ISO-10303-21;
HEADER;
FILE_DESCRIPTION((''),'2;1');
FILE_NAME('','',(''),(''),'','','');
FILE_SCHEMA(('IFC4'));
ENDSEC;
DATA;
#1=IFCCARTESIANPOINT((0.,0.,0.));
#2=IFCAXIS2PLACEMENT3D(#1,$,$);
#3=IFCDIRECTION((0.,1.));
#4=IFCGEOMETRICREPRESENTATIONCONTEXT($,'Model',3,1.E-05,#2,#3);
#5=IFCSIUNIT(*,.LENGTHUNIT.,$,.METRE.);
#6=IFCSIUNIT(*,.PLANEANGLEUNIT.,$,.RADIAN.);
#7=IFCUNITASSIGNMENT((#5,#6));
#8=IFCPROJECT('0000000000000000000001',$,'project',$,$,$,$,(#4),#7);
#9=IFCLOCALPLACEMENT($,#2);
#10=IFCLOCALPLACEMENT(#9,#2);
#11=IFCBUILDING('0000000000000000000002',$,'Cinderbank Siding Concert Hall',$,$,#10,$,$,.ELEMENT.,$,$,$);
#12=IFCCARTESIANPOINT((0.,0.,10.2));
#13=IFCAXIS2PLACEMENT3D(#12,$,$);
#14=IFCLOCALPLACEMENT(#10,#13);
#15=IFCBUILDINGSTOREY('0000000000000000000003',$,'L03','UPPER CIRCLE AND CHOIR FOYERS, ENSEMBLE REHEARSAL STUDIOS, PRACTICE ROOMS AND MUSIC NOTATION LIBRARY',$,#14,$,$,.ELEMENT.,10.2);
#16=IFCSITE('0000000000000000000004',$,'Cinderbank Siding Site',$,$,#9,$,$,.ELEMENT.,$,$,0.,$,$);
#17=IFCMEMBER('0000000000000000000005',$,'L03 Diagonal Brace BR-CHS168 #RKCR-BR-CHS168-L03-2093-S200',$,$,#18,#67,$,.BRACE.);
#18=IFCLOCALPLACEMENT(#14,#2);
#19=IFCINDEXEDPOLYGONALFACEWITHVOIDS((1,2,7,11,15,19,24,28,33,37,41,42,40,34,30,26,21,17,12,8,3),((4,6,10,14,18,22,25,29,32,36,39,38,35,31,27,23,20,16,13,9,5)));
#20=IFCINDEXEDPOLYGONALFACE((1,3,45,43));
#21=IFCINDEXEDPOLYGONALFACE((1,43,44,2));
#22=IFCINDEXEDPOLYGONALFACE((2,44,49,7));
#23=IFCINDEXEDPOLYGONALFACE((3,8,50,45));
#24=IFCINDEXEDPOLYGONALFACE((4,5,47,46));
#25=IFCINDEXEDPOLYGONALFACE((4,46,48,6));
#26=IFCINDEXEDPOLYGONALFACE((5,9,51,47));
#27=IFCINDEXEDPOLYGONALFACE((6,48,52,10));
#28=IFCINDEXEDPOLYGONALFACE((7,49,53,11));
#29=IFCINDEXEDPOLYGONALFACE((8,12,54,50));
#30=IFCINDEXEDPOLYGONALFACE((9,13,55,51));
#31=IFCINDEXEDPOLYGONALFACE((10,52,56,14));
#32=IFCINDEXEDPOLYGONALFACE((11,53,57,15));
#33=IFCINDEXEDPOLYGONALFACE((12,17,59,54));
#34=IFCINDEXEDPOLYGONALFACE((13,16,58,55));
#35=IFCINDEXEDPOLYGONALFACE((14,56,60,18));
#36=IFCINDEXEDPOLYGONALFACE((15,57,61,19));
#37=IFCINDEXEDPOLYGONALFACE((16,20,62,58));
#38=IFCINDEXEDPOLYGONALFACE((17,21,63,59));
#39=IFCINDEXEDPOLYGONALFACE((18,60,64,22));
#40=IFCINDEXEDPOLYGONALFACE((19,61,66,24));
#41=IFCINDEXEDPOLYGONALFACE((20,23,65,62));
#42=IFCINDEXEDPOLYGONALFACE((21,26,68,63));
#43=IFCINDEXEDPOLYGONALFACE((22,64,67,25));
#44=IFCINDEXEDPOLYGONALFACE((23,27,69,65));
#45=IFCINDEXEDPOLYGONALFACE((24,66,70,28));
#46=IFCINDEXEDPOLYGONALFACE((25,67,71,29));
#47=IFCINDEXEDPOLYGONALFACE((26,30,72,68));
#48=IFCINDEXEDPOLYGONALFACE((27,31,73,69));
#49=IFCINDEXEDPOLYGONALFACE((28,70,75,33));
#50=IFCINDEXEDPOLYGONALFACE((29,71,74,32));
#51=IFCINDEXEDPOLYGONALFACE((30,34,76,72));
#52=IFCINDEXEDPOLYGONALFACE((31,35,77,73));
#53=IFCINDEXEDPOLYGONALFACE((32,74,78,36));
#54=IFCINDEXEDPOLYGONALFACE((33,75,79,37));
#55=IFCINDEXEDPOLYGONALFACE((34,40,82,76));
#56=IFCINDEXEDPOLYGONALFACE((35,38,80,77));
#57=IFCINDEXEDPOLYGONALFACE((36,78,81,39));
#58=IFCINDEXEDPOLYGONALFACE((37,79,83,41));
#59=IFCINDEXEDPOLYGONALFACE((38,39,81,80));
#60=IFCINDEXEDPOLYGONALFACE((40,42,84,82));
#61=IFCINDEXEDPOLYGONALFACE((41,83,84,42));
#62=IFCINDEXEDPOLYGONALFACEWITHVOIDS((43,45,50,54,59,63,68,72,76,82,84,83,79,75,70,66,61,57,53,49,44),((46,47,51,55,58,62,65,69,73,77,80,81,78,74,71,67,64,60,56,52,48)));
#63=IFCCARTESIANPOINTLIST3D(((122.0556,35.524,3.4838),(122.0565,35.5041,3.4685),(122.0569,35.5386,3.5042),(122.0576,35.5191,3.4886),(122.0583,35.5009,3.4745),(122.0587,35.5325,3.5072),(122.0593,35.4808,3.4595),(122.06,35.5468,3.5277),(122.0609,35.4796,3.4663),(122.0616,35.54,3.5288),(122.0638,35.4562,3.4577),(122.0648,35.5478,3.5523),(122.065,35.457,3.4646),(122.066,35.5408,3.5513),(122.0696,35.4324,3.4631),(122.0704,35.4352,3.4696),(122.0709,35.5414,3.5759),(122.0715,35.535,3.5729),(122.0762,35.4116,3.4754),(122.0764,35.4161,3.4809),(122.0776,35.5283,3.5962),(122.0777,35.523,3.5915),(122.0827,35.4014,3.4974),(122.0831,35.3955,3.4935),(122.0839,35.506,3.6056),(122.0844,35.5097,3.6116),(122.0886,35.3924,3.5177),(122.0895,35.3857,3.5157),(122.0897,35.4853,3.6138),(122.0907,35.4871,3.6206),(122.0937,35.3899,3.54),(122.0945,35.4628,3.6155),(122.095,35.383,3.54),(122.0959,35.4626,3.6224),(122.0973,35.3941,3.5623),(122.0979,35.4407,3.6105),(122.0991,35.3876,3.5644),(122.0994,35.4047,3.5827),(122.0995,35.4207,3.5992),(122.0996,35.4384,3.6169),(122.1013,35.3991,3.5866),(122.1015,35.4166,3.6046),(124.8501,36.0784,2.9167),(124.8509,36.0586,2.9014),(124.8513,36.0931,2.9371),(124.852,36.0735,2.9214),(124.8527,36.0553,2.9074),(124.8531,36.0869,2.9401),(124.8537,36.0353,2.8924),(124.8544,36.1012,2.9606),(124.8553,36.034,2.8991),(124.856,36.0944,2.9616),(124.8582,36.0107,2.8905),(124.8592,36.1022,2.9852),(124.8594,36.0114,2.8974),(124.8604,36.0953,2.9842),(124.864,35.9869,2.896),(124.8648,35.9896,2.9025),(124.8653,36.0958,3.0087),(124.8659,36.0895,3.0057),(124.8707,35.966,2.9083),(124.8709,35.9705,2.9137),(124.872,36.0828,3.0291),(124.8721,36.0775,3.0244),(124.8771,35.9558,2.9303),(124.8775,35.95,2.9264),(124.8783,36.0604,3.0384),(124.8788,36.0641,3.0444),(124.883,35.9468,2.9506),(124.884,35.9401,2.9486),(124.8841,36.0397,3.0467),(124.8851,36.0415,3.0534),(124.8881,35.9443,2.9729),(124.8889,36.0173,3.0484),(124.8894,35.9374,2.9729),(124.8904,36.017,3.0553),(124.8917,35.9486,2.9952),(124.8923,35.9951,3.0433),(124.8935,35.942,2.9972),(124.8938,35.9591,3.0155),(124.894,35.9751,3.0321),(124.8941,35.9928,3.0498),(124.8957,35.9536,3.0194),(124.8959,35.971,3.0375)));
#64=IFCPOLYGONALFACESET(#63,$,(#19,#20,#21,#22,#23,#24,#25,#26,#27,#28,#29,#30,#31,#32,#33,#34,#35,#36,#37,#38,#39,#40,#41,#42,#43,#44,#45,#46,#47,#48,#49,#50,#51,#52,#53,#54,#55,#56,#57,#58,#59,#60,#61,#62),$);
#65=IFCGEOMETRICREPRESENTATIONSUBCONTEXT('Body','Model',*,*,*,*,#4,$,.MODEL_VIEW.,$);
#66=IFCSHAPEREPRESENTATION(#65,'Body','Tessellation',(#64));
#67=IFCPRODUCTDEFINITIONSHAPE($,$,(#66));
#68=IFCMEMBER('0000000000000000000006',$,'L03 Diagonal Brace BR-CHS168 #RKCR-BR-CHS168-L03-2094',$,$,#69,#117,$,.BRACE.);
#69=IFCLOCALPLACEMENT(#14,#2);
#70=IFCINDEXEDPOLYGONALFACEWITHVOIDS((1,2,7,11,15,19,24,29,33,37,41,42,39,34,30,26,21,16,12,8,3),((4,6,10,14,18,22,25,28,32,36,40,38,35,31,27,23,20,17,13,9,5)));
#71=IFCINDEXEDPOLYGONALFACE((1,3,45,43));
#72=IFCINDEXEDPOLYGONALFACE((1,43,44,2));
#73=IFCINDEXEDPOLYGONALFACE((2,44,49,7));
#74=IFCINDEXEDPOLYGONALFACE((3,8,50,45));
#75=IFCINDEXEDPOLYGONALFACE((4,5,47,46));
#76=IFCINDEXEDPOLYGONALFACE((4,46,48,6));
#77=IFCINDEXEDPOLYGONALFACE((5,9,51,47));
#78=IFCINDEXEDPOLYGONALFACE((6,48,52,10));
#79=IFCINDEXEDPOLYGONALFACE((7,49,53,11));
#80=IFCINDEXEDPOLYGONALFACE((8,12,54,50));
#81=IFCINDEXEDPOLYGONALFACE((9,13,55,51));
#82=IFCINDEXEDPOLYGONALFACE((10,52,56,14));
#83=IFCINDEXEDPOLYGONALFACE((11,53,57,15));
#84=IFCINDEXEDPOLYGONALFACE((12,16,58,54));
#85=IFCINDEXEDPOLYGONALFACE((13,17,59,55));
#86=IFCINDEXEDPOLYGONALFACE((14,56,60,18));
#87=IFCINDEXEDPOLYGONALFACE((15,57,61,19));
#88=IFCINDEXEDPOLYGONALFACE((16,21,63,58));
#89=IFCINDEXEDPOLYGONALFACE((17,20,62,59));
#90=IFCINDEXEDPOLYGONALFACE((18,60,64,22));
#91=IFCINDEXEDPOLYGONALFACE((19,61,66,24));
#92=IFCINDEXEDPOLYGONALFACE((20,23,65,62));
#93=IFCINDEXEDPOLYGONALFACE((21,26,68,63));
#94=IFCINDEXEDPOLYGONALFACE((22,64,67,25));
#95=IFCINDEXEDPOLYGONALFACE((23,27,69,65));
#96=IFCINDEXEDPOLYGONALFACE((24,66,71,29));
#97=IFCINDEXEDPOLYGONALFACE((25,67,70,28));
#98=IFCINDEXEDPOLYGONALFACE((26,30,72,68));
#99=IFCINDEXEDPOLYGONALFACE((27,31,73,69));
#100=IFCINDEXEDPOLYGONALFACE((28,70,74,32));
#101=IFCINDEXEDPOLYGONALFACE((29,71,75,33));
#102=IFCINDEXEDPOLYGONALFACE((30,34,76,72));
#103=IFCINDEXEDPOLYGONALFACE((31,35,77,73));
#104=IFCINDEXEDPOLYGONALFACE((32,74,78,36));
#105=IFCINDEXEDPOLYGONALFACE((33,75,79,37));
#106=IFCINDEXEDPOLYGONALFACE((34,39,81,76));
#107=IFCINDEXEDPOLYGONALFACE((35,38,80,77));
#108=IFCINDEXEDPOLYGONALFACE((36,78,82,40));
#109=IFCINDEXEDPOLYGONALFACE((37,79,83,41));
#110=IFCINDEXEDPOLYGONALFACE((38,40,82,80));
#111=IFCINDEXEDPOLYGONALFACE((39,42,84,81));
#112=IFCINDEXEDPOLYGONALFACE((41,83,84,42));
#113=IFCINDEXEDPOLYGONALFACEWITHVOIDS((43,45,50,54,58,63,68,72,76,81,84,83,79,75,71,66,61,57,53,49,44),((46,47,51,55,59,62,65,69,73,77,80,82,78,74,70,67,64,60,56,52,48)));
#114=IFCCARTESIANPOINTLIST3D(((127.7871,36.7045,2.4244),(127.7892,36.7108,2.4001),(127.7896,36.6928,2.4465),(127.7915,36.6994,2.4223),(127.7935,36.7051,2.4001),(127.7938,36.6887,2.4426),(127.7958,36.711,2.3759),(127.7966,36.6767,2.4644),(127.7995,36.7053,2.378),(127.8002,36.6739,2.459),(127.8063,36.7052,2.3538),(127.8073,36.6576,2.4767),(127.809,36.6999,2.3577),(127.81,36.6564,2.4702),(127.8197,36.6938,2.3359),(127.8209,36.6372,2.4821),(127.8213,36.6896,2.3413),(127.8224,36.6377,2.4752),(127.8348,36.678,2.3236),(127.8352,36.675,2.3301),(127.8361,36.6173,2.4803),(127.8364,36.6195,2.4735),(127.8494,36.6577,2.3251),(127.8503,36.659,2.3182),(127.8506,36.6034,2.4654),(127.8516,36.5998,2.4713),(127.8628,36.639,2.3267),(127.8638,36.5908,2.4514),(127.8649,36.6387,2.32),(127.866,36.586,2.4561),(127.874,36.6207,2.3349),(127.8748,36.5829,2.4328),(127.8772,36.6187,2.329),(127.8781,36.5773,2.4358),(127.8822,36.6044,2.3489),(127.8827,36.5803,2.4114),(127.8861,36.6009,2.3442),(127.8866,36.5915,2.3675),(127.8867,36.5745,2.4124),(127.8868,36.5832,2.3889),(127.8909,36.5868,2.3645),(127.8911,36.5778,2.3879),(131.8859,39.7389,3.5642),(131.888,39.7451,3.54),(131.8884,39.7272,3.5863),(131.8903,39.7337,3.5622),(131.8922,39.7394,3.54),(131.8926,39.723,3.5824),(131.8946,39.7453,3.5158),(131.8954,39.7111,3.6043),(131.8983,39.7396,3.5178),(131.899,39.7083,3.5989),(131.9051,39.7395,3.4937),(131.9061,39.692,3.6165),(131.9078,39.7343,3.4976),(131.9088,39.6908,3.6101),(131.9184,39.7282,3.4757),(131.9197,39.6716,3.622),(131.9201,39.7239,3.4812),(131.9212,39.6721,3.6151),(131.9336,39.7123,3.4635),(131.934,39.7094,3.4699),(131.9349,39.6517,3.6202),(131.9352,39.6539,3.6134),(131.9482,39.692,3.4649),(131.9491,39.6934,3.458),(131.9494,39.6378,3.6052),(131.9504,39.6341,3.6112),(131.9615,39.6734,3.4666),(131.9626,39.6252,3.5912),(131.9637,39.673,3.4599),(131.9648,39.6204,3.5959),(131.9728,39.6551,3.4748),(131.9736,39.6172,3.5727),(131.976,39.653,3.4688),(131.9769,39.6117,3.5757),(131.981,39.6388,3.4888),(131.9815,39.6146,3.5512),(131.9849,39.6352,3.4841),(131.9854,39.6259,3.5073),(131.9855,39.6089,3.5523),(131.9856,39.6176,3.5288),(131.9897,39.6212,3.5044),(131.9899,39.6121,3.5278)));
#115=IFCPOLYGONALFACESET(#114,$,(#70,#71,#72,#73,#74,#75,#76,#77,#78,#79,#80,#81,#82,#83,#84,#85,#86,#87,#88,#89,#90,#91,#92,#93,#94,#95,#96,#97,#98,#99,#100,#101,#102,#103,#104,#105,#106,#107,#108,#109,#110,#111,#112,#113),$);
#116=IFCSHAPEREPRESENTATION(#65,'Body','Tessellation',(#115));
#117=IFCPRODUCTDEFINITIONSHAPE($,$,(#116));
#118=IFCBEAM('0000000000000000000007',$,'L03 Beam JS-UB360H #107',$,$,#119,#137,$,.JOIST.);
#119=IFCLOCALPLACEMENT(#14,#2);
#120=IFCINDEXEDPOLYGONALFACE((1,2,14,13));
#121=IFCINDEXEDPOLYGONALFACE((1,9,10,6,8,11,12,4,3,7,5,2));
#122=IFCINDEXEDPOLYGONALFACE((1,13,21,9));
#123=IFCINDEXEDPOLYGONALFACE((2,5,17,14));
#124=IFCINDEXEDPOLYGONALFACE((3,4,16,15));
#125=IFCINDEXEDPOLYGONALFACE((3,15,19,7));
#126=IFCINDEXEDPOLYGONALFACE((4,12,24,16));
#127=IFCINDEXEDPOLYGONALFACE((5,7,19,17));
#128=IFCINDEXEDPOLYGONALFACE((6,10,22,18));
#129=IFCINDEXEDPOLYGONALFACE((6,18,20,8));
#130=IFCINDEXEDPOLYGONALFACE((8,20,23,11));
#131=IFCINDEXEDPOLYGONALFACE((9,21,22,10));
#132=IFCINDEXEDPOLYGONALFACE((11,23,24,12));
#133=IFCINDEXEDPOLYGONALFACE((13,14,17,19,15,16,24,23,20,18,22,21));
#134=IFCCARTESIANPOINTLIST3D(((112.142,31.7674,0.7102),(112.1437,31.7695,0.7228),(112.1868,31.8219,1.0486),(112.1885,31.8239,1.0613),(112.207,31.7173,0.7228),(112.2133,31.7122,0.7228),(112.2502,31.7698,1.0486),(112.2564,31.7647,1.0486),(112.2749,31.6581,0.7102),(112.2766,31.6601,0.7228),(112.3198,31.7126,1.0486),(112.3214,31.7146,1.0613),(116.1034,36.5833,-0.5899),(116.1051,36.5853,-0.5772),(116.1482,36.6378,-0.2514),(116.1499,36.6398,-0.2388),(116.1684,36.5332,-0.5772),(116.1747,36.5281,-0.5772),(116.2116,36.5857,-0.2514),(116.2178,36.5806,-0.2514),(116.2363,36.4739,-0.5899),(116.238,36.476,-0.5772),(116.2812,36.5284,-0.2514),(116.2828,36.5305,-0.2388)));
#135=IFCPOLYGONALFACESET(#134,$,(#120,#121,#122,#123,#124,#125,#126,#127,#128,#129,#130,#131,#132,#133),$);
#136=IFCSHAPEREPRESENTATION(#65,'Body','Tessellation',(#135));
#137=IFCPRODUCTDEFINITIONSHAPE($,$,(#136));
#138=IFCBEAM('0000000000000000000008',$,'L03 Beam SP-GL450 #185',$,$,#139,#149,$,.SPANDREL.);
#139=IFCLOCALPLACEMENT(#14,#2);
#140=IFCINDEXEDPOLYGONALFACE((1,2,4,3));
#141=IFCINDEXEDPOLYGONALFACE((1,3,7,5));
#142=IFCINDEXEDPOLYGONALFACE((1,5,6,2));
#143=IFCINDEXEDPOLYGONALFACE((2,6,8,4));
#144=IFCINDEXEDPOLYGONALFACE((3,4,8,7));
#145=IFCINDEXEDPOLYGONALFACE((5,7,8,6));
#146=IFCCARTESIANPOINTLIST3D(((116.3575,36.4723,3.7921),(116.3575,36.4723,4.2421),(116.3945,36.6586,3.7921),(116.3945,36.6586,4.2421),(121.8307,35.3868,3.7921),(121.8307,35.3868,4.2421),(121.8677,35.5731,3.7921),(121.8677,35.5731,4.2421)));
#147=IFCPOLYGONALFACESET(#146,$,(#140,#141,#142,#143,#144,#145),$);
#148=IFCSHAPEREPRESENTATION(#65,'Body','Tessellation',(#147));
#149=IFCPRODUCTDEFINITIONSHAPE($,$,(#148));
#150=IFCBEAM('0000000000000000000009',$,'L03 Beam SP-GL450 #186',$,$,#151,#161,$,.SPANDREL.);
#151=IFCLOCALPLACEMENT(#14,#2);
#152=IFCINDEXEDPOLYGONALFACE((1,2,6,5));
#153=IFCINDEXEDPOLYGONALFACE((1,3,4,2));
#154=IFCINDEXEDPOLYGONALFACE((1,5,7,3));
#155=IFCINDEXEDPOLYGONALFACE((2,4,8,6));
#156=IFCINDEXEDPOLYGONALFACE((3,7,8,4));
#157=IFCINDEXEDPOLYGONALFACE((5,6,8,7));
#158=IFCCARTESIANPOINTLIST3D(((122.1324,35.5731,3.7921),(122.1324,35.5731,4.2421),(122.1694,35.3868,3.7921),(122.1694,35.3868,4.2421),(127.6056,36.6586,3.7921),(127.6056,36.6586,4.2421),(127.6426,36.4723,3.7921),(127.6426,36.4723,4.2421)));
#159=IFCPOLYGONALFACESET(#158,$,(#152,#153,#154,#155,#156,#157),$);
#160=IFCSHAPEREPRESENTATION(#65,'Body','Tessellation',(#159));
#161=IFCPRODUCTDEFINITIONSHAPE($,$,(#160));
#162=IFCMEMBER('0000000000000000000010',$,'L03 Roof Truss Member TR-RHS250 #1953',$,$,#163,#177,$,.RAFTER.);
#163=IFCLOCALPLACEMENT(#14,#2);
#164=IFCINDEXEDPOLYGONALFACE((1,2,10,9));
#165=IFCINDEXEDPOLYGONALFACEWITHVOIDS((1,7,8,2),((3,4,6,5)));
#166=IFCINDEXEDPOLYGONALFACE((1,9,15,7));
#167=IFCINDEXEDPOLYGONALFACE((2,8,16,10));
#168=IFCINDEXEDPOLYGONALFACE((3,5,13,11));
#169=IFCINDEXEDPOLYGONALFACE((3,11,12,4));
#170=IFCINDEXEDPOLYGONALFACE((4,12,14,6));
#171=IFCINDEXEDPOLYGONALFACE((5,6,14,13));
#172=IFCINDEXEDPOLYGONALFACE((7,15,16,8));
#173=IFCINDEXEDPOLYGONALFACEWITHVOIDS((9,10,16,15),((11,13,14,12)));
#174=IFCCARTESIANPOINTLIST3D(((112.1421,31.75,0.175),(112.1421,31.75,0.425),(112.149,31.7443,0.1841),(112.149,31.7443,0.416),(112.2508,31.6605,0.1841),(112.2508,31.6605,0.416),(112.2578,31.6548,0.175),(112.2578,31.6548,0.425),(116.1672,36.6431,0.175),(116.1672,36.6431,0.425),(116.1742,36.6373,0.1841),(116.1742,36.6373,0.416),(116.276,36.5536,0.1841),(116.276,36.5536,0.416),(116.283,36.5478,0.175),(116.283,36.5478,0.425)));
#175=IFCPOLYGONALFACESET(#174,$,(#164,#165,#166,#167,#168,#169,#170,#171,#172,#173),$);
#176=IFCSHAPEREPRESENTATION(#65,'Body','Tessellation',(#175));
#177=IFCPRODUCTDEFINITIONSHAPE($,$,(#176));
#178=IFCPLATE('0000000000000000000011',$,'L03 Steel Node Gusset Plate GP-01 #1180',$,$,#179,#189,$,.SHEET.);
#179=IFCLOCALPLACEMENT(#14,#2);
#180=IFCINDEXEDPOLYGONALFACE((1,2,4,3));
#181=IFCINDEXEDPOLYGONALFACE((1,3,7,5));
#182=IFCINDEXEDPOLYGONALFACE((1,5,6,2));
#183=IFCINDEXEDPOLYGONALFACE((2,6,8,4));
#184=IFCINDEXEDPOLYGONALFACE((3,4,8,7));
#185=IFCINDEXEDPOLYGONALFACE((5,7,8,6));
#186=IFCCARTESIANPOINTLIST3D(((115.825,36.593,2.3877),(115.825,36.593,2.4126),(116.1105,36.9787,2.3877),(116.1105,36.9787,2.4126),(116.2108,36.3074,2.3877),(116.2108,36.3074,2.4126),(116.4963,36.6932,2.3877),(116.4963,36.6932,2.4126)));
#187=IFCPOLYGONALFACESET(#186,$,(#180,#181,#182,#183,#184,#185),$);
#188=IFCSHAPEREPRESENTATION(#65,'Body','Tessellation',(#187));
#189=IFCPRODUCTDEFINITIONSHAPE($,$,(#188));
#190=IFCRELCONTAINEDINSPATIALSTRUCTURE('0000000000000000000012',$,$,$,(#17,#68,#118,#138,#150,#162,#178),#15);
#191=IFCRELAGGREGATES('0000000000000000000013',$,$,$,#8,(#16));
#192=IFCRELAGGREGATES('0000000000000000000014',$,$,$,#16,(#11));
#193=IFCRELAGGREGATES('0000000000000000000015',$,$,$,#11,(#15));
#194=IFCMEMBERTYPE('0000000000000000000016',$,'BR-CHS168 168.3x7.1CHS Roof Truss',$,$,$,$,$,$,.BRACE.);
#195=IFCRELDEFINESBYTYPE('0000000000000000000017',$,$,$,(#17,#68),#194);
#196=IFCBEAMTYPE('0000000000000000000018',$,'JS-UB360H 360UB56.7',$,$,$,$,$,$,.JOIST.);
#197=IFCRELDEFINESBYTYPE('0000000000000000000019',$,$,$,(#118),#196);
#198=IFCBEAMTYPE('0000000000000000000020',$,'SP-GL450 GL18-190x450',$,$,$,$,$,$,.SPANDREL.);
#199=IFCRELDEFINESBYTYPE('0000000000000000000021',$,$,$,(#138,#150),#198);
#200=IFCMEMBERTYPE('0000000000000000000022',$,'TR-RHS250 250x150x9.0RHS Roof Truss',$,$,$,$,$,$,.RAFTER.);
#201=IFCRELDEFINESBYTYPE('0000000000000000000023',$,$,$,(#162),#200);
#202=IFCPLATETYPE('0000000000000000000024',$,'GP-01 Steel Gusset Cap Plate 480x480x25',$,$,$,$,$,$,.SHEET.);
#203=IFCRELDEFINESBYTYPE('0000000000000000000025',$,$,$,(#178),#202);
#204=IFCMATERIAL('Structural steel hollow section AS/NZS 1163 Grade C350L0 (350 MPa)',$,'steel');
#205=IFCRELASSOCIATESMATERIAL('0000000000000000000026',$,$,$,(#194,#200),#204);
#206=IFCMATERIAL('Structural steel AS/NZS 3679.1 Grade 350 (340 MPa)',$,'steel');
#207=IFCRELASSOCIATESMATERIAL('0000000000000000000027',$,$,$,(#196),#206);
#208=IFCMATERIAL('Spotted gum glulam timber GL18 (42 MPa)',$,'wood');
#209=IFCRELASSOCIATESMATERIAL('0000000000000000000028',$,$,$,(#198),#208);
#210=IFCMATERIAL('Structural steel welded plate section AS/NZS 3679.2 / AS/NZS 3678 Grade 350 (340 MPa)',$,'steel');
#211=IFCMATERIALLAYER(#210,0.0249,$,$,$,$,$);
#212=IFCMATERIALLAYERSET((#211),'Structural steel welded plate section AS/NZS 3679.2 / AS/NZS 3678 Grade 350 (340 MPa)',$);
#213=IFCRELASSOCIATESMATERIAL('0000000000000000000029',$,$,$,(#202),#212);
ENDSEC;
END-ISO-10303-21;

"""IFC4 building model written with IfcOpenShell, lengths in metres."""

from ifc_helpers import new_model, si_unit, direction, frame, origin, origin_2d, place, context, subcontext, project, spatial, rectangle, hollow_rectangle, hollow_circle, i_section, extrude, material, layer, layer_set, material_profile, profile_set, type_object, element, save


model = new_model("IFC4")

# Units and contexts
model_context = context("Model", 3, precision=1e-05, world=origin(), true_north=direction((0.0, 1.0)))
body_context = subcontext(model_context, "Body", "Model", "MODEL_VIEW")
ifc_project = project(units=[si_unit("LENGTHUNIT", "METRE"), si_unit("PLANEANGLEUNIT", "RADIAN")], contexts=[model_context])

# Site, building, storey
site_placement = place(None, origin())
site = spatial("IfcSite", under=ifc_project, at=site_placement, Name="Cinderbank Siding Site", CompositionType="ELEMENT", RefElevation=0.0)
building_placement = place(site_placement, origin())
building = spatial("IfcBuilding", under=site, at=building_placement, Name="Cinderbank Siding Concert Hall", CompositionType="ELEMENT")
storey_placement = place(building_placement, frame((0.0, 0.0, 10.2)))
storey = spatial("IfcBuildingStorey", under=building, at=storey_placement, Name="L03", Description="UPPER CIRCLE AND CHOIR FOYERS, ENSEMBLE REHEARSAL STUDIOS, PRACTICE ROOMS AND MUSIC NOTATION LIBRARY", CompositionType="ELEMENT", Elevation=10.2)

# Shared definitions
ifc_material_1 = material(Name="Structural steel hollow section AS/NZS 1163 Grade C350L0 (350 MPa)", Category="steel")

# Members
ifc_material_profile_1 = material_profile(ifc_material_1, hollow_circle(Radius=0.0842, WallThickness=0.0071, at=origin_2d()), Name="168.3x7.1CHS", Category="LoadBearing")
ifc_profile_set_1 = profile_set([ifc_material_profile_1], Name="Structural steel hollow section AS/NZS 1163 Grade C350L0 (350 MPa)")
member_type_1 = type_object("IfcMemberType", Name="BR-CHS168 168.3x7.1CHS Roof Truss", PredefinedType="BRACE", material=ifc_profile_set_1)
member_1_placement = place(storey_placement, frame((124.873, 36.02, 2.9729), z_axis=(-0.962003, -0.190871, 0.195241), x_axis=(0.194616, -0.980879, 0.0)))
element("IfcMember", 1, at=member_1_placement, inside=storey, type_object=member_type_1, Name="L03 Diagonal Brace BR-CHS168 #RKCR-BR-CHS168-L03-2093-S200", PredefinedType="BRACE", context=body_context, shape_type="SweptSolid", body=[
    extrude(hollow_circle(Radius=0.0842, WallThickness=0.0071, at=origin_2d()), origin(), (0.0, 0.0, 1.0), 2.9048),
])
member_2_placement = place(storey_placement, frame((127.8394, 36.6431, 2.4001), z_axis=(0.78437, 0.580674, 0.218132), x_axis=(-0.595002, 0.803724, 0.0)))
element("IfcMember", 2, at=member_2_placement, inside=storey, type_object=member_type_1, Name="L03 Diagonal Brace BR-CHS168 #RKCR-BR-CHS168-L03-2094", PredefinedType="BRACE", context=body_context, shape_type="SweptSolid", body=[
    extrude(hollow_circle(Radius=0.0842, WallThickness=0.0071, at=origin_2d()), origin(), (0.0, 0.0, 1.0), 5.2256),
])

# Beams
ifc_material_2 = material(Name="Structural steel AS/NZS 3679.1 Grade 350 (340 MPa)", Category="steel")
ifc_material_profile_2 = material_profile(ifc_material_2, i_section(OverallWidth=0.1721, OverallDepth=0.3586, WebThickness=0.0081, FlangeThickness=0.0129, at=origin_2d()), Name="360UB56.7", Category="LoadBearing")
ifc_profile_set_2 = profile_set([ifc_material_profile_2], Name="Structural steel AS/NZS 3679.1 Grade 350 (340 MPa)")
beam_type_1 = type_object("IfcBeamType", Name="JS-UB360H 360UB56.7", PredefinedType="JOIST", material=ifc_profile_set_2)
beam_placement = place(storey_placement, frame((116.1931, 36.5569, -0.4143), z_axis=(-0.621894, -0.756039, 0.204091), x_axis=(0.772294, -0.635265, 0.0)))
element("IfcBeam", 3, at=beam_placement, inside=storey, type_object=beam_type_1, Name="L03 Beam JS-UB360H #107", PredefinedType="JOIST", context=body_context, shape_type="SweptSolid", body=[
    extrude(i_section(OverallWidth=0.1721, OverallDepth=0.3586, WebThickness=0.0081, FlangeThickness=0.0129, at=origin_2d()), origin(), (0.0, 0.0, 1.0), 6.3699),
])
ifc_material_3 = material(Name="Spotted gum glulam timber GL18 (42 MPa)", Category="wood")
ifc_material_profile_3 = material_profile(ifc_material_3, rectangle(XDim=0.1899, YDim=0.45, at=origin_2d()), Name="GL18-190x450", Category="LoadBearing")
ifc_profile_set_3 = profile_set([ifc_material_profile_3], Name="Spotted gum glulam timber GL18 (42 MPa)")
beam_type_2 = type_object("IfcBeamType", Name="SP-GL450 GL18-190x450", PredefinedType="SPANDREL", material=ifc_profile_set_3)
for number, where, z_axis, x_axis, name in (
    (4, (116.376, 36.5654, 4.0171), (0.980896, -0.194534, 0.0), (0.194534, 0.980896, 0.0), "L03 Beam SP-GL450 #185"),
    (5, (122.1509, 35.48, 4.0171), (0.980896, 0.194534, 0.0), (-0.194534, 0.980896, 0.0), "L03 Beam SP-GL450 #186"),
):
    element("IfcBeam", number, at=place(storey_placement, frame(where, z_axis=z_axis, x_axis=x_axis)), inside=storey, type_object=beam_type_2, Name=name, PredefinedType="SPANDREL", context=body_context, shape_type="SweptSolid", body=[
        extrude(rectangle(XDim=0.1899, YDim=0.45, at=origin_2d()), origin(), (0.0, 0.0, 1.0), 5.5798),
    ])

# Member
ifc_material_profile_4 = material_profile(ifc_material_1, hollow_rectangle(XDim=0.1499, YDim=0.25, WallThickness=0.009, at=origin_2d()), Name="250x150x9.0RHS", Category="LoadBearing")
ifc_profile_set_4 = profile_set([ifc_material_profile_4], Name="Structural steel hollow section AS/NZS 1163 Grade C350L0 (350 MPa)")
member_type_2 = type_object("IfcMemberType", Name="TR-RHS250 250x150x9.0RHS Roof Truss", PredefinedType="RAFTER", material=ifc_profile_set_4)
member_3_placement = place(storey_placement, frame((116.2251, 36.5955, 0.3), z_axis=(-0.63529, -0.772274, 0.0), x_axis=(0.772274, -0.63529, 0.0)))
element("IfcMember", 6, at=member_3_placement, inside=storey, type_object=member_type_2, Name="L03 Roof Truss Member TR-RHS250 #1953", PredefinedType="RAFTER", context=body_context, shape_type="SweptSolid", body=[
    extrude(hollow_rectangle(XDim=0.1499, YDim=0.25, WallThickness=0.009, at=origin_2d()), origin(), (0.0, 0.0, 1.0), 6.3359),
])

# Plate
ifc_material_4 = material(Name="Structural steel welded plate section AS/NZS 3679.2 / AS/NZS 3678 Grade 350 (340 MPa)", Category="steel")
ifc_layer_1 = layer(ifc_material_4, 0.0249)
ifc_layer_set_1 = layer_set([ifc_layer_1], Name="Structural steel welded plate section AS/NZS 3679.2 / AS/NZS 3678 Grade 350 (340 MPa)")
plate_type_1 = type_object("IfcPlateType", Name="GP-01 Steel Gusset Cap Plate 480x480x25", PredefinedType="SHEET", material=ifc_layer_set_1)
for number, where, z_axis, x_axis, name in (
    (7, (116.1606, 36.6431, 2.3877), (0.0, 0.0, 1.0), (-0.803753, 0.594963, 0.0), "L03 Steel Node Gusset Plate GP-01 #1180"),
):
    element("IfcPlate", number, at=place(storey_placement, frame(where, z_axis=z_axis, x_axis=x_axis)), inside=storey, type_object=plate_type_1, Name=name, PredefinedType="SHEET", context=body_context, shape_type="SweptSolid", body=[
        extrude(rectangle(XDim=0.48, YDim=0.48, at=origin_2d()), origin(), (0.0, 0.0, 1.0), 0.0249),
    ])

save(model, "model.ifc")
